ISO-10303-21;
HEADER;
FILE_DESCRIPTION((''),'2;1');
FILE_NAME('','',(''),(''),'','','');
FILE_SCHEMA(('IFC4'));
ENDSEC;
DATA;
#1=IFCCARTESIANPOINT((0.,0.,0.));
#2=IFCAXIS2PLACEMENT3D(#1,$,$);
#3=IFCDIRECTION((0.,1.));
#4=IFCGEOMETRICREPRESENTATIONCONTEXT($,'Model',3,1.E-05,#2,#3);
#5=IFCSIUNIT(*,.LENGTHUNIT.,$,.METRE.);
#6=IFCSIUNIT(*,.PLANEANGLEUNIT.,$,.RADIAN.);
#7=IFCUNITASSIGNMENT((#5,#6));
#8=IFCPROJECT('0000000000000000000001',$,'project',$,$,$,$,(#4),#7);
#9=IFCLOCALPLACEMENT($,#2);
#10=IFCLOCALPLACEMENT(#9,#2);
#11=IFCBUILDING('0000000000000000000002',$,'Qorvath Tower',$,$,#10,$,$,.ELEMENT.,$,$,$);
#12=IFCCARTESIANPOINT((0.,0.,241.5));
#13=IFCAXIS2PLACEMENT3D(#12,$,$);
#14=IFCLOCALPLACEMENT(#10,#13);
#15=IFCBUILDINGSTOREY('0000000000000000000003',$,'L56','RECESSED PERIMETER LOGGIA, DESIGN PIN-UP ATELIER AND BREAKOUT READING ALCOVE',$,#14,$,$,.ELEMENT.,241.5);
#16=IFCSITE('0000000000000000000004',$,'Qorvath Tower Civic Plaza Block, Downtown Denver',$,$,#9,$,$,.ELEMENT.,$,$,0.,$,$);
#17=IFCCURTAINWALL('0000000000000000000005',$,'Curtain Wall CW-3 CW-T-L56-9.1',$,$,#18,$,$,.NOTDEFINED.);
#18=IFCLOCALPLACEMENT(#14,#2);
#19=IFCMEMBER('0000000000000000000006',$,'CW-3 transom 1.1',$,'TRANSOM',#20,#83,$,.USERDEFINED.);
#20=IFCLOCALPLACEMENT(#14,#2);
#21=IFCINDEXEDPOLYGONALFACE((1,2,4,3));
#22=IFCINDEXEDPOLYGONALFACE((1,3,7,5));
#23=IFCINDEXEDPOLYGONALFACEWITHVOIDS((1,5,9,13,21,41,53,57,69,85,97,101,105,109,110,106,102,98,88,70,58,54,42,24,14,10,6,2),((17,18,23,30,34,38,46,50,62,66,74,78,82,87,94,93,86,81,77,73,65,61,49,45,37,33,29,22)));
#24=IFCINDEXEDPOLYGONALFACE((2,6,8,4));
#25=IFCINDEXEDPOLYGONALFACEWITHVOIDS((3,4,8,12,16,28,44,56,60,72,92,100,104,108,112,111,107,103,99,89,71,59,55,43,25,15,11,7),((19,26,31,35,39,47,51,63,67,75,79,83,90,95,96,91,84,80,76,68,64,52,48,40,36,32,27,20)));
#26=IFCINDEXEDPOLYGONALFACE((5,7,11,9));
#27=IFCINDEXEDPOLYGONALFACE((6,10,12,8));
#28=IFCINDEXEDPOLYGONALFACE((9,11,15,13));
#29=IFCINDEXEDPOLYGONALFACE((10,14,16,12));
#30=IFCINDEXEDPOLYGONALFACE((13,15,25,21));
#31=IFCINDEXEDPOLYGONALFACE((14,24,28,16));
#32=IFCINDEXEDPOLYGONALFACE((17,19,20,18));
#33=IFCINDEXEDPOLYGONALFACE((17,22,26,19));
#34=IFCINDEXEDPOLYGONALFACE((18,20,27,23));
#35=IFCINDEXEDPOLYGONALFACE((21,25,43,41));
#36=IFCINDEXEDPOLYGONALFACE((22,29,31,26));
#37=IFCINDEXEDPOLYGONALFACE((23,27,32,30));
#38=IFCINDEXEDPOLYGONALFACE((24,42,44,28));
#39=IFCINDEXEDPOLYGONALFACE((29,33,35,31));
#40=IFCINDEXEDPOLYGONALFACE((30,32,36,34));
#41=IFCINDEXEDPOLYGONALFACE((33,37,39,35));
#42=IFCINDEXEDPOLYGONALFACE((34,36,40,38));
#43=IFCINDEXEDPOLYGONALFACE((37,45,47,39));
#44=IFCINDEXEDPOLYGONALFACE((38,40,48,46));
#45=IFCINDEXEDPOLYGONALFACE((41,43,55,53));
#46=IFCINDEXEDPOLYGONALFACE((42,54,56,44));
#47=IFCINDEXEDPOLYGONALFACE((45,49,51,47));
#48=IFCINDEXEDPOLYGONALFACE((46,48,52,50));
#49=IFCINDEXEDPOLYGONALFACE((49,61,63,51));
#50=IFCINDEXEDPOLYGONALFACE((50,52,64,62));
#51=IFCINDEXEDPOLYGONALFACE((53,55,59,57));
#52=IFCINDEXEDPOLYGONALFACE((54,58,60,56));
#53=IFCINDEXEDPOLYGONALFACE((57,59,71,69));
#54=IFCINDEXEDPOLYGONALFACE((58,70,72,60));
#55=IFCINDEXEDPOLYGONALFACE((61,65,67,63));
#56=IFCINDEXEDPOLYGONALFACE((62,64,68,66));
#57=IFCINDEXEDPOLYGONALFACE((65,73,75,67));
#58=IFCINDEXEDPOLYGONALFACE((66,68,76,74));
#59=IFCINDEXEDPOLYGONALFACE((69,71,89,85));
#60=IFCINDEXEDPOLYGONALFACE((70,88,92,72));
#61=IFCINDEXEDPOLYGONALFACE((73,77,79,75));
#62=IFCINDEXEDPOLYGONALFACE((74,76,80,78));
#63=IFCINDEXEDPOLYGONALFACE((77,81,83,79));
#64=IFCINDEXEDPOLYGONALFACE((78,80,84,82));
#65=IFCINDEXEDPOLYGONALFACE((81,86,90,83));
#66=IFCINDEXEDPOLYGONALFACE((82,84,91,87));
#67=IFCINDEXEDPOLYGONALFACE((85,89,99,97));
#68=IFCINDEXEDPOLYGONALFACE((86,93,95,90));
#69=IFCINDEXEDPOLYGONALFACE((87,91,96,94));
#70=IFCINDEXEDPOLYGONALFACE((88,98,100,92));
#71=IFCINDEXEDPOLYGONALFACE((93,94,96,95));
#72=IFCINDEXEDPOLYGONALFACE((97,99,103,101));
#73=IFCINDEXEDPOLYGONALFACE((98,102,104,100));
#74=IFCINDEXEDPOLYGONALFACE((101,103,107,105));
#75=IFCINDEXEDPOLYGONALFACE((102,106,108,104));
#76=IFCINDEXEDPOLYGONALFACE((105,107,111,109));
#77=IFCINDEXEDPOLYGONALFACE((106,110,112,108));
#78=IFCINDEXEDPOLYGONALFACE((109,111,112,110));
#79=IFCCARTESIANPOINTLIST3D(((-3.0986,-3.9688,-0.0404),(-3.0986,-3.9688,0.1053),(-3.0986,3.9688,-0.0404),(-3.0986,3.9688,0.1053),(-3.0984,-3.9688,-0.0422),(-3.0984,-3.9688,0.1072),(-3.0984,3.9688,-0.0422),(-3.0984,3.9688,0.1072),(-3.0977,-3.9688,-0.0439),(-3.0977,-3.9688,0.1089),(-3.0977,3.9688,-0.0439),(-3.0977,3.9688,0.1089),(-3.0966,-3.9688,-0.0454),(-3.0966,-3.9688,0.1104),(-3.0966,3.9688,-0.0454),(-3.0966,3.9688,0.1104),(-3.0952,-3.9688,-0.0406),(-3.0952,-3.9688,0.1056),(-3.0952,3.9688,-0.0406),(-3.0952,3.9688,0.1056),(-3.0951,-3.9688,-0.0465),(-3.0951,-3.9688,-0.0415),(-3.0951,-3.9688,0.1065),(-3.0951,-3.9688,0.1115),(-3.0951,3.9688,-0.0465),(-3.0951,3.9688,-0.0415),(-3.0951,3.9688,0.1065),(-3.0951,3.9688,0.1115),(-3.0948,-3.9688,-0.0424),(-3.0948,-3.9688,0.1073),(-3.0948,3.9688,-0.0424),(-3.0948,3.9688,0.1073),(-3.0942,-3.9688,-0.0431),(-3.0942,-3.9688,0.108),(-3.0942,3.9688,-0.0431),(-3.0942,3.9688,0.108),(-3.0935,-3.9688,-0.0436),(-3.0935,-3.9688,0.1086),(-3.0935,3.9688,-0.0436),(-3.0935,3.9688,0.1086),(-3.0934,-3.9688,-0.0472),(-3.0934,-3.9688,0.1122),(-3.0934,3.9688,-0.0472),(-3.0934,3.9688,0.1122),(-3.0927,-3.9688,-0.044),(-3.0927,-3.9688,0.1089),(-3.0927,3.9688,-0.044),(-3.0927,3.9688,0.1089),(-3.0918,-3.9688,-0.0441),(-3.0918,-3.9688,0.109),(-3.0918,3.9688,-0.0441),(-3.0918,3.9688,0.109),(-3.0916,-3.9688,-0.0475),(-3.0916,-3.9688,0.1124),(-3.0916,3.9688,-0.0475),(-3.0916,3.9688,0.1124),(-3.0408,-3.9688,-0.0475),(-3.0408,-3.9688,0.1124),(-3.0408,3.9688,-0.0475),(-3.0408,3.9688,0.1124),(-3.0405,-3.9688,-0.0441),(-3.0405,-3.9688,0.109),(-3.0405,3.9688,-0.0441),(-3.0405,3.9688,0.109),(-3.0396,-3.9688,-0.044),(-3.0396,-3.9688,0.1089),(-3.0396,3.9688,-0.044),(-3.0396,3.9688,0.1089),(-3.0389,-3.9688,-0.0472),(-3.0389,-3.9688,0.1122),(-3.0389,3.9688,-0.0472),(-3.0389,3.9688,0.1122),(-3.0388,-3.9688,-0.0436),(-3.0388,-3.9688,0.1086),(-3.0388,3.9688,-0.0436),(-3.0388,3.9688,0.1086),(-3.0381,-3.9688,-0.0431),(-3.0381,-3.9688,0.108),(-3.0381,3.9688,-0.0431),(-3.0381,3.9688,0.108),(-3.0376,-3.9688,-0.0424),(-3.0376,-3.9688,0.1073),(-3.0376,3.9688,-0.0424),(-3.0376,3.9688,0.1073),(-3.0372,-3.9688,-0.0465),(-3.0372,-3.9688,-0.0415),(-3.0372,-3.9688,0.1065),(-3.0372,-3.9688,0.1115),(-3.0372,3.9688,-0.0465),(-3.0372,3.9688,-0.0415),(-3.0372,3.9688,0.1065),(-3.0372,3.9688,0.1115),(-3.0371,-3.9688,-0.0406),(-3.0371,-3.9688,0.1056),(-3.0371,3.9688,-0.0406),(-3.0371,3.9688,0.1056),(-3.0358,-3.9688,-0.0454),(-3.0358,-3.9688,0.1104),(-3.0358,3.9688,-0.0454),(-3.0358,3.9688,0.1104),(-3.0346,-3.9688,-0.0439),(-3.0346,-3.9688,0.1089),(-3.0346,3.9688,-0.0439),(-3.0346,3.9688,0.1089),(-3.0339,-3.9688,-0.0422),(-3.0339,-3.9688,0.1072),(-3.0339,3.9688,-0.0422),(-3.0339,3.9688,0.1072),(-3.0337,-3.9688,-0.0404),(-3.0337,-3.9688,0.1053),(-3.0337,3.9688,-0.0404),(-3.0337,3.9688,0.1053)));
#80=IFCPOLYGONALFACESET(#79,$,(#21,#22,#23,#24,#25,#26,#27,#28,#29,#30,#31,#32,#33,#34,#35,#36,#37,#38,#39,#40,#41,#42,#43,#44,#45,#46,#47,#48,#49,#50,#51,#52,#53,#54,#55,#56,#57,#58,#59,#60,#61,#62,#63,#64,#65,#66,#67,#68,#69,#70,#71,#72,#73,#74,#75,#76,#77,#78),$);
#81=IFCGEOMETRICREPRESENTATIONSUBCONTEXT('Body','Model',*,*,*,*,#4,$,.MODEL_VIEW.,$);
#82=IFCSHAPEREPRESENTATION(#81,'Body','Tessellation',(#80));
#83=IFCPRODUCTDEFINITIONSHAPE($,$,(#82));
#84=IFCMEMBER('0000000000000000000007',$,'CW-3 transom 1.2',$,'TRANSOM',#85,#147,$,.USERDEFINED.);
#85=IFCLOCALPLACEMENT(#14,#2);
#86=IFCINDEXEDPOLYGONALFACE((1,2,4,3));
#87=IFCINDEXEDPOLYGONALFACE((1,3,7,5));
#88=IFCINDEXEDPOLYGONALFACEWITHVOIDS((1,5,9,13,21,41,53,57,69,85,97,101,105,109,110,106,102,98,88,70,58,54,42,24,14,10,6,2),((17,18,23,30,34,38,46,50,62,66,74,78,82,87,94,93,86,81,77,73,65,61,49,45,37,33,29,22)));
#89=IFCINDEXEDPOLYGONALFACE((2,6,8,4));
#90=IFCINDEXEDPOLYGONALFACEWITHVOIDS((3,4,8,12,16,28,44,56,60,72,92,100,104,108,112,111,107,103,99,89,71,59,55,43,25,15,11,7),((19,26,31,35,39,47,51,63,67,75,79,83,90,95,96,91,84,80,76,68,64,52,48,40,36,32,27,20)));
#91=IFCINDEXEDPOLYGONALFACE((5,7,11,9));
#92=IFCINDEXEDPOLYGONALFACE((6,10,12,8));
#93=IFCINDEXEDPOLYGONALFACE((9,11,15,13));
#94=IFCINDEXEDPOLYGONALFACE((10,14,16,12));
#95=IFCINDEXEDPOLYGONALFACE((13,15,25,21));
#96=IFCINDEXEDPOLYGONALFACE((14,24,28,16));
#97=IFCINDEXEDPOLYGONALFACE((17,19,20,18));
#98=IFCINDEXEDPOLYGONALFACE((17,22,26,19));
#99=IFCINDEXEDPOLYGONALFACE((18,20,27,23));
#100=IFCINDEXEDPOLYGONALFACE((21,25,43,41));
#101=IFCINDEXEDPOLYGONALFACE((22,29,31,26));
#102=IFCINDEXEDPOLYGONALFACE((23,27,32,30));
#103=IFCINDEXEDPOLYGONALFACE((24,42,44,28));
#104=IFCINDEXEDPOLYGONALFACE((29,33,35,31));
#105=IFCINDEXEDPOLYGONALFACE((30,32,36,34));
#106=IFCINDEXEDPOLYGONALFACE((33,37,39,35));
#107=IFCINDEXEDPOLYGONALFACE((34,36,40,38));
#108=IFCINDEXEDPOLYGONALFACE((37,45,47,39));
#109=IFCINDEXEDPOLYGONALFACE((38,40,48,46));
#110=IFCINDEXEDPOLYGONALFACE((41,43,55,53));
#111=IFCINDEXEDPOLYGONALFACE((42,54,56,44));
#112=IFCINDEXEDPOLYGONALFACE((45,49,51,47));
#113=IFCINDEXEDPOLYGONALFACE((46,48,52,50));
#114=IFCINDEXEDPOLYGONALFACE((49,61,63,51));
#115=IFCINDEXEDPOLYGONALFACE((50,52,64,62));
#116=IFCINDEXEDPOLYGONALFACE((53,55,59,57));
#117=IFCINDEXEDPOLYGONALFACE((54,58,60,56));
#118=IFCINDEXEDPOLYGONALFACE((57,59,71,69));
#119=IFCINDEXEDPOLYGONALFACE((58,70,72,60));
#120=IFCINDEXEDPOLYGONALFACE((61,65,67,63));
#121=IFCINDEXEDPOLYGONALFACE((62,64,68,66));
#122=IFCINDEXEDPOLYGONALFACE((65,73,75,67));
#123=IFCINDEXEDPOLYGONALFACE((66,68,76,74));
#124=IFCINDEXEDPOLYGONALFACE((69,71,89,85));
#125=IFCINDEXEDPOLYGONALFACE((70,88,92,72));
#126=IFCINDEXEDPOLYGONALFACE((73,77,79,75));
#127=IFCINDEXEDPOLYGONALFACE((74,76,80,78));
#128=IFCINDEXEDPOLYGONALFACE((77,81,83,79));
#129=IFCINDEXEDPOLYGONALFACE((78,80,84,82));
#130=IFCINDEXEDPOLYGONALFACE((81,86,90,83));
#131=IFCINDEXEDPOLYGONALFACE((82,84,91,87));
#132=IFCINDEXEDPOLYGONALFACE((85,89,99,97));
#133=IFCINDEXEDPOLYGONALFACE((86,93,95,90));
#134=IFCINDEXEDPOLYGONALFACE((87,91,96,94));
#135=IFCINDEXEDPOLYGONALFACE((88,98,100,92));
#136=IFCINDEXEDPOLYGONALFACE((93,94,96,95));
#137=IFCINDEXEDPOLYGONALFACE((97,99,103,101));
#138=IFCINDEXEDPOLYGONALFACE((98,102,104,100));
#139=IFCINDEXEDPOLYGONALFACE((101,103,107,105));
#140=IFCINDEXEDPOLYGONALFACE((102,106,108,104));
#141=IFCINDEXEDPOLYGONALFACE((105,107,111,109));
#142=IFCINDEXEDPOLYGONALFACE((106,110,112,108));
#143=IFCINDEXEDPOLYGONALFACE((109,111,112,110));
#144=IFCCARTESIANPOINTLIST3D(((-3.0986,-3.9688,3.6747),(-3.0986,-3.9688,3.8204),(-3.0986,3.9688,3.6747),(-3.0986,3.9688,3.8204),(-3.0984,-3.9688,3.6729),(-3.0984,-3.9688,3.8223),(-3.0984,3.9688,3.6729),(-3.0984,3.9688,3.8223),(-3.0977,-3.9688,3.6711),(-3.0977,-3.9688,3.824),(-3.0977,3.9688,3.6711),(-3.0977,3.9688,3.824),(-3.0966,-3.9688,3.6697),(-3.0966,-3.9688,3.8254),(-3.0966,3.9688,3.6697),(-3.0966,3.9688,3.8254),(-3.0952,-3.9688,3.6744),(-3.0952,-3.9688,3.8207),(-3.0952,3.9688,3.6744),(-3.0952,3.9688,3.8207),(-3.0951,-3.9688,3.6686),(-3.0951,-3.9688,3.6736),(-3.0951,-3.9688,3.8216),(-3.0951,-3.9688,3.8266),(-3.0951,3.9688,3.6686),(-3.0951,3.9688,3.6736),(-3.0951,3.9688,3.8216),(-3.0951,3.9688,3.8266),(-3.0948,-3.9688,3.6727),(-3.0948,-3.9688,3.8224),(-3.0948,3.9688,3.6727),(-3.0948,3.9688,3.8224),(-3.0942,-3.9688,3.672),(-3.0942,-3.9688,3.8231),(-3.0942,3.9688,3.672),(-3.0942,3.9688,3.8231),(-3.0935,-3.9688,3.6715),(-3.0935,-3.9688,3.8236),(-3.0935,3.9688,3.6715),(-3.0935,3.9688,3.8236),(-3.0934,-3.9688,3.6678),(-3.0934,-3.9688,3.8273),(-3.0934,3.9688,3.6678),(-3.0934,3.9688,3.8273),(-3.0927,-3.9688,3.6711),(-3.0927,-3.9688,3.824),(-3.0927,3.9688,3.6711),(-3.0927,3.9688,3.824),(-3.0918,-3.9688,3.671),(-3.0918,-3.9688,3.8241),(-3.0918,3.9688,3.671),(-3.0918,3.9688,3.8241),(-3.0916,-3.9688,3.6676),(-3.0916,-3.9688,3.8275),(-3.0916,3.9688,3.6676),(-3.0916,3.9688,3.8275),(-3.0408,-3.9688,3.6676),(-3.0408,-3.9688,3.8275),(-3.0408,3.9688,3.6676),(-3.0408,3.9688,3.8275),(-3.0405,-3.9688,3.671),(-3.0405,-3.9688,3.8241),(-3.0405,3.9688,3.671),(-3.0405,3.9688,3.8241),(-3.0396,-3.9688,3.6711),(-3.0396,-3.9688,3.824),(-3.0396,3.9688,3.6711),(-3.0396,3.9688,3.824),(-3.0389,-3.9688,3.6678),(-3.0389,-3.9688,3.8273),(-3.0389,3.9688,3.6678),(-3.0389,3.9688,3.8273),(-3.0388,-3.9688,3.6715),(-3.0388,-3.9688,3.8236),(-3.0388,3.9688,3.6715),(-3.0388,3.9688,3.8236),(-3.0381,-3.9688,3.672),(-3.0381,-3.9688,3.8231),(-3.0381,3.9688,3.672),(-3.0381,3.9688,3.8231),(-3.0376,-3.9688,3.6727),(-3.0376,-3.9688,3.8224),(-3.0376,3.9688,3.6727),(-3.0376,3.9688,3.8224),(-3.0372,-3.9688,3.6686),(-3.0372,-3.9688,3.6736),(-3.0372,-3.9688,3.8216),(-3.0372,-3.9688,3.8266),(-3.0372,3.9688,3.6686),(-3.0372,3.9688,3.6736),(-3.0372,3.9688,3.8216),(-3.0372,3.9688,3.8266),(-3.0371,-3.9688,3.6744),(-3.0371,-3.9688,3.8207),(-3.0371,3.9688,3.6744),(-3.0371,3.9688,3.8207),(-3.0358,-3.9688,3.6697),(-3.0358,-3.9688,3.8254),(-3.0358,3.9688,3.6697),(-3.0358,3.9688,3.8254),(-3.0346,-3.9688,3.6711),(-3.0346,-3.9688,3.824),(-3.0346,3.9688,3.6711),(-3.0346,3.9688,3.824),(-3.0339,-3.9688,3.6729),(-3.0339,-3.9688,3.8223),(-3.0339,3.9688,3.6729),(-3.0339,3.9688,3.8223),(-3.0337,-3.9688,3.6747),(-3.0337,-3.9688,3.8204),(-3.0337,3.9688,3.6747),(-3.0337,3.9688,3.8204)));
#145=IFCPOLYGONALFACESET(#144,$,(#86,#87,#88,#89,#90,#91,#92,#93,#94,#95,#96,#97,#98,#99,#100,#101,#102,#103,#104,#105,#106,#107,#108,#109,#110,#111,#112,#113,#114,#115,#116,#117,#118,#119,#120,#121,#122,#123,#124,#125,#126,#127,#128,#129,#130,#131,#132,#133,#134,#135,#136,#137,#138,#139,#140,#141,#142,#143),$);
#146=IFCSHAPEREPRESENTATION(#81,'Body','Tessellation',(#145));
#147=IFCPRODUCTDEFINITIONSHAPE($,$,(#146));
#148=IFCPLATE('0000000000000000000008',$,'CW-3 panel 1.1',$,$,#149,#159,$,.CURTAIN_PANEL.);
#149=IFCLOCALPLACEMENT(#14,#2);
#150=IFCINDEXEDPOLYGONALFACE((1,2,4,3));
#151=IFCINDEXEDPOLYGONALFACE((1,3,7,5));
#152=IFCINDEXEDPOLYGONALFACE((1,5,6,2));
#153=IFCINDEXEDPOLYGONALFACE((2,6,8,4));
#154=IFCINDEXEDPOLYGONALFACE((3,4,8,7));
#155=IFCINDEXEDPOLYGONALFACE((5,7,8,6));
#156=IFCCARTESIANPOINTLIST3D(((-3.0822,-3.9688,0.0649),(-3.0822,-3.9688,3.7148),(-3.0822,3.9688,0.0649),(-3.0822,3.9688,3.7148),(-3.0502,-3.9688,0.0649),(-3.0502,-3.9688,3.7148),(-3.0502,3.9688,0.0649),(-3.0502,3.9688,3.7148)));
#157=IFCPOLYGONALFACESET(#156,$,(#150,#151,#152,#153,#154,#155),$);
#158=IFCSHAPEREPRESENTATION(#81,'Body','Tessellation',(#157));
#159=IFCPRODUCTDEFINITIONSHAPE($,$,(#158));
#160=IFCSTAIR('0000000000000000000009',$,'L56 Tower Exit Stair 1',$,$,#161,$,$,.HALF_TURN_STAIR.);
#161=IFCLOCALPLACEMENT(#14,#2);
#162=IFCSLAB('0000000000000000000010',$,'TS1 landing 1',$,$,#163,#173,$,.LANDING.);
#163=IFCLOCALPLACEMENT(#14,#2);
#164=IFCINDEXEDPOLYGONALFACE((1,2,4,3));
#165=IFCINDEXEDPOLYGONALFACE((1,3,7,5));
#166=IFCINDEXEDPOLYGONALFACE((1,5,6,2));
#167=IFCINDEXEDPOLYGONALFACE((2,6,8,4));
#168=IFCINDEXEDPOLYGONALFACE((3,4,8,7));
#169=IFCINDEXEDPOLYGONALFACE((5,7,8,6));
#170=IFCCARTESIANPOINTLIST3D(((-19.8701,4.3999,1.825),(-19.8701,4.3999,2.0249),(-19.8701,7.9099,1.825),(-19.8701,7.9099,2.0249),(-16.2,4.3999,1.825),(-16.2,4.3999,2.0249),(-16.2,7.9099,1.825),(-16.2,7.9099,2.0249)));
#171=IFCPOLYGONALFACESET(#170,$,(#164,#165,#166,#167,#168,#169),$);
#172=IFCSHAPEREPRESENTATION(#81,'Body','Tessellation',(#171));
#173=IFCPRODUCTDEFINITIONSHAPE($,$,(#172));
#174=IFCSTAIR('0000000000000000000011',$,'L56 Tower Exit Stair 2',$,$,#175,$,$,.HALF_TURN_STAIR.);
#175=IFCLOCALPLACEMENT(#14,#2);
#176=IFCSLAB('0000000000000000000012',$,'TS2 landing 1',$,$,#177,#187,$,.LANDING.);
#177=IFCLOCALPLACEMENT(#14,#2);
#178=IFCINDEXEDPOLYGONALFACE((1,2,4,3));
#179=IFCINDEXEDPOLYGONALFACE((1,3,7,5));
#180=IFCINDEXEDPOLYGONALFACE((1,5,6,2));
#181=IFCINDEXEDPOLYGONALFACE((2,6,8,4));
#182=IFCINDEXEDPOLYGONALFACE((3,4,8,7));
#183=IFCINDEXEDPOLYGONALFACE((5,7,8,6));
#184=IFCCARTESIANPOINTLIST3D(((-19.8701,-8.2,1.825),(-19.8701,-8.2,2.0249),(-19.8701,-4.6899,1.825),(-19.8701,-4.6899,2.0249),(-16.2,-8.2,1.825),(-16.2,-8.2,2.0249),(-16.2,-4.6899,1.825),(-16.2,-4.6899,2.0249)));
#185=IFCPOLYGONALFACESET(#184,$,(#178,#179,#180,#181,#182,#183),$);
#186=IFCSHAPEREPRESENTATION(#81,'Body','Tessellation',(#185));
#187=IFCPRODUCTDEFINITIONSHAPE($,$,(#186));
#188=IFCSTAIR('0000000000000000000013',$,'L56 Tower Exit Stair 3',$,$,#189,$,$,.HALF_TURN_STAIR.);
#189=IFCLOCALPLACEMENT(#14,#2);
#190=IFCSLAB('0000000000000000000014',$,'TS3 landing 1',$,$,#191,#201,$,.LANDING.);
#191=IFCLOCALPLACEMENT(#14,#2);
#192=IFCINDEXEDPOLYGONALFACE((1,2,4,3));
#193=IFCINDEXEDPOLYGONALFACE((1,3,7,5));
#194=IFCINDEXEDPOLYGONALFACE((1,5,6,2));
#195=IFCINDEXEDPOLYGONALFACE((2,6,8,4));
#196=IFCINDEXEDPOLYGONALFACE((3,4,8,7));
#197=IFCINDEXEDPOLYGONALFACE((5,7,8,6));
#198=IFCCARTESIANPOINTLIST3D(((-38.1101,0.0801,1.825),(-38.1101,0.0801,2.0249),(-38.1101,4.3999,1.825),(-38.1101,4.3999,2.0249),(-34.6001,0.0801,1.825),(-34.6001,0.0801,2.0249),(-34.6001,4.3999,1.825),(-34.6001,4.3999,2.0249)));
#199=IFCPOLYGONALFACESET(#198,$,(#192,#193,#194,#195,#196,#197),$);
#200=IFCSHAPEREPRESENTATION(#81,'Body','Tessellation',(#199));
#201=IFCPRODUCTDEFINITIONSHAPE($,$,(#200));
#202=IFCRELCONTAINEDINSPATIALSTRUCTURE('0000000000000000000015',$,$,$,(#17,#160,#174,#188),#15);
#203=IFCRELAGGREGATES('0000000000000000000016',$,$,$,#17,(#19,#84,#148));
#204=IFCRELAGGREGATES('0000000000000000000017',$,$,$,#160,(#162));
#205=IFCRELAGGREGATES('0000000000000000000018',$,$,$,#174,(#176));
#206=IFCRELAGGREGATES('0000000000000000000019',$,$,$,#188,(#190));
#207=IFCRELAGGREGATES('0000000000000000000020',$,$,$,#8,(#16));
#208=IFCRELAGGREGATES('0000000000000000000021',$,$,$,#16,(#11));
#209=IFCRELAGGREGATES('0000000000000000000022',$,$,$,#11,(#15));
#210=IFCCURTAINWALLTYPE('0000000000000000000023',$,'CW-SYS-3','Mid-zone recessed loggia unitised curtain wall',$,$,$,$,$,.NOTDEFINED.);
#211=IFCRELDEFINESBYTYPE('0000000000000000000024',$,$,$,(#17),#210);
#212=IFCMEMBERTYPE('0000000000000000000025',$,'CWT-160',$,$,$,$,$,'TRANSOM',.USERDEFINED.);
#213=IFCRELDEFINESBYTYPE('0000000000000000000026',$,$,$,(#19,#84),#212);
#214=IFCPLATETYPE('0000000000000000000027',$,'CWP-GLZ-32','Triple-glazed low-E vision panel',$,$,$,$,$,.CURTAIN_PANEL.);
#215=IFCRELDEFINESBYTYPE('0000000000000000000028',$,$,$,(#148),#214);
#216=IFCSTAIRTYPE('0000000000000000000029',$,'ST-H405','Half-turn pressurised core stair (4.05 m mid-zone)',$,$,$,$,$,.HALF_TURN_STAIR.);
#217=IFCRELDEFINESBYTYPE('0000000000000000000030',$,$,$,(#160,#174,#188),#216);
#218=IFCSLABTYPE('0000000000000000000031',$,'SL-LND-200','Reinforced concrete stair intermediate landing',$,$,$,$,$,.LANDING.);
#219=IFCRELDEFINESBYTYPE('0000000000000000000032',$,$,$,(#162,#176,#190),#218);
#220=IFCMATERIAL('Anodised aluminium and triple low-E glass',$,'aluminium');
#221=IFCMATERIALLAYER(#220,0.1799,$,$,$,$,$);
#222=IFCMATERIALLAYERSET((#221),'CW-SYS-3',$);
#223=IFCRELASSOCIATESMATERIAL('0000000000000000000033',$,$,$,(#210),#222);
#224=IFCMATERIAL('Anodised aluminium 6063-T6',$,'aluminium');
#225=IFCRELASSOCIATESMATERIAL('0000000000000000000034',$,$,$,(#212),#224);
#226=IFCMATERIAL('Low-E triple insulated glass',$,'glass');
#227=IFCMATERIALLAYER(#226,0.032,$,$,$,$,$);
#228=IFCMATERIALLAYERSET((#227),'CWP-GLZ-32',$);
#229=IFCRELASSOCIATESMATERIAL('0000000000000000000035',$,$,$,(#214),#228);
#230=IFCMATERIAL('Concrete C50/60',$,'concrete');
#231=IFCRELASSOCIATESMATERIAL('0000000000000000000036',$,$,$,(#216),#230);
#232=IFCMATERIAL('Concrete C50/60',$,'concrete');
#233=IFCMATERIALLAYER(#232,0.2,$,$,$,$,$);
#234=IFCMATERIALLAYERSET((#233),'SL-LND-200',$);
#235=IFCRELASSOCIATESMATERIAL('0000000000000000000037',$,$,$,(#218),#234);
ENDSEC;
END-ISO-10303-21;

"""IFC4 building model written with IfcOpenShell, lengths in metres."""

from ifc_helpers import new_model, si_unit, direction, frame, origin, origin_2d, place, context, subcontext, project, spatial, polyline, rectangle, hollow_rectangle, outline, extrude, material, layer, layer_set, material_profile, profile_set, type_object, element, aggregate, save


model = new_model("IFC4")

# Units and contexts
model_context = context("Model", 3, precision=1e-05, world=origin(), true_north=direction((0.0, 1.0)))
body_context = subcontext(model_context, "Body", "Model", "MODEL_VIEW")
ifc_project = project(units=[si_unit("LENGTHUNIT", "METRE"), si_unit("PLANEANGLEUNIT", "RADIAN")], contexts=[model_context])

# Site, building, storey
site_placement = place(None, origin())
site = spatial("IfcSite", under=ifc_project, at=site_placement, Name="Qorvath Tower Civic Plaza Block, Downtown Denver", CompositionType="ELEMENT", RefElevation=0.0)
building_placement = place(site_placement, origin())
building = spatial("IfcBuilding", under=site, at=building_placement, Name="Qorvath Tower", CompositionType="ELEMENT")
storey_placement = place(building_placement, frame((0.0, 0.0, 241.5)))
storey = spatial("IfcBuildingStorey", under=building, at=storey_placement, Name="L56", Description="RECESSED PERIMETER LOGGIA, DESIGN PIN-UP ATELIER AND BREAKOUT READING ALCOVE", CompositionType="ELEMENT", Elevation=241.5)

# Shared definitions
ifc_material_1 = material(Name="Anodised aluminium and triple low-E glass", Category="aluminium")
ifc_layer_1 = layer(ifc_material_1, 0.1799)
ifc_layer_set_1 = layer_set([ifc_layer_1], Name="CW-SYS-3")
curtain_wall_type = type_object("IfcCurtainWallType", Name="CW-SYS-3", Description="Mid-zone recessed loggia unitised curtain wall", PredefinedType="NOTDEFINED", material=ifc_layer_set_1)

# Curtain wall, members, plate
curtain_wall_1_placement = place(storey_placement, origin())
curtain_wall_1 = element("IfcCurtainWall", 1, at=curtain_wall_1_placement, inside=storey, type_object=curtain_wall_type, Name="Curtain Wall CW-3 CW-T-L56-9.1", PredefinedType="NOTDEFINED")
ifc_material_2 = material(Name="Anodised aluminium 6063-T6", Category="aluminium")
ifc_material_profile_1 = material_profile(ifc_material_2, hollow_rectangle(XDim=0.0649, YDim=0.1599, WallThickness=0.0034, InnerFilletRadius=0.0034, OuterFilletRadius=0.0071, at=origin_2d()), Name="CWT 160x65")
ifc_profile_set_1 = profile_set([ifc_material_profile_1], Name="Anodised aluminium 6063-T6")
member_type_1 = type_object("IfcMemberType", Name="CWT-160", ElementType="TRANSOM", PredefinedType="USERDEFINED", material=ifc_profile_set_1)
member_1_placement = place(storey_placement, frame((-3.0662, -3.9688, 0.0325), z_axis=(0.0, 1.0, 0.0), x_axis=(-1.0, 0.0, 0.0)))
member_1 = element("IfcMember", 2, at=member_1_placement, type_object=member_type_1, Name="CW-3 transom 1.1", ObjectType="TRANSOM", PredefinedType="USERDEFINED", context=body_context, shape_type="SweptSolid", body=[
    extrude(hollow_rectangle(XDim=0.0649, YDim=0.1599, WallThickness=0.0034, InnerFilletRadius=0.0034, OuterFilletRadius=0.0071, at=origin_2d()), origin(), (0.0, 0.0, 1.0), 7.9375),
])
member_2_placement = place(storey_placement, frame((-3.0662, -3.9688, 3.7476), z_axis=(0.0, 1.0, 0.0), x_axis=(-1.0, 0.0, 0.0)))
member_2 = element("IfcMember", 3, at=member_2_placement, type_object=member_type_1, Name="CW-3 transom 1.2", ObjectType="TRANSOM", PredefinedType="USERDEFINED", context=body_context, shape_type="SweptSolid", body=[
    extrude(hollow_rectangle(XDim=0.0649, YDim=0.1599, WallThickness=0.0034, InnerFilletRadius=0.0034, OuterFilletRadius=0.0071, at=origin_2d()), origin(), (0.0, 0.0, 1.0), 7.9375),
])
ifc_material_3 = material(Name="Low-E triple insulated glass", Category="glass")
ifc_layer_2 = layer(ifc_material_3, 0.032)
ifc_layer_set_2 = layer_set([ifc_layer_2], Name="CWP-GLZ-32")
plate_type = type_object("IfcPlateType", Name="CWP-GLZ-32", Description="Triple-glazed low-E vision panel", PredefinedType="CURTAIN_PANEL", material=ifc_layer_set_2)
plate_placement = place(storey_placement, frame((-3.0662, 0.0, 0.0649), z_axis=(0.0, 0.0, 1.0), x_axis=(0.0, 1.0, 0.0)))
plate = element("IfcPlate", 4, at=plate_placement, type_object=plate_type, Name="CW-3 panel 1.1", PredefinedType="CURTAIN_PANEL", context=body_context, shape_type="SweptSolid", body=[
    extrude(rectangle(XDim=7.9375, YDim=0.032, at=origin_2d()), origin(), (0.0, 0.0, 1.0), 3.6499),
])
aggregate(curtain_wall_1, [member_1, member_2, plate])

# Stairs, slabs
ifc_material_4 = material(Name="Concrete C50/60", Category="concrete")
stair_type = type_object("IfcStairType", Name="ST-H405", Description="Half-turn pressurised core stair (4.05 m mid-zone)", PredefinedType="HALF_TURN_STAIR", material=ifc_material_4)
stair_1_placement = place(storey_placement, origin())
stair_1 = element("IfcStair", 5, at=stair_1_placement, inside=storey, type_object=stair_type, Name="L56 Tower Exit Stair 1", PredefinedType="HALF_TURN_STAIR")
ifc_material_5 = material(Name="Concrete C50/60", Category="concrete")
ifc_layer_3 = layer(ifc_material_5, 0.2)
ifc_layer_set_3 = layer_set([ifc_layer_3], Name="SL-LND-200")
slab_type_1 = type_object("IfcSlabType", Name="SL-LND-200", Description="Reinforced concrete stair intermediate landing", PredefinedType="LANDING", material=ifc_layer_set_3)
slab_1_placement = place(storey_placement, frame((0.0, 0.0, 1.825)))
slab_1 = element("IfcSlab", 6, at=slab_1_placement, type_object=slab_type_1, Name="TS1 landing 1", PredefinedType="LANDING", context=body_context, shape_type="SweptSolid", body=[
    extrude(outline(polyline([(-19.8701, 4.3999), (-16.2, 4.3999), (-16.2, 7.9099), (-19.8701, 7.9099), (-19.8701, 4.3999)])), origin(), (0.0, 0.0, 1.0), 0.2),
])
aggregate(stair_1, [slab_1])
stair_2_placement = place(storey_placement, origin())
stair_2 = element("IfcStair", 7, at=stair_2_placement, inside=storey, type_object=stair_type, Name="L56 Tower Exit Stair 2", PredefinedType="HALF_TURN_STAIR")
slab_2_placement = place(storey_placement, frame((0.0, 0.0, 1.825)))
slab_2 = element("IfcSlab", 8, at=slab_2_placement, type_object=slab_type_1, Name="TS2 landing 1", PredefinedType="LANDING", context=body_context, shape_type="SweptSolid", body=[
    extrude(outline(polyline([(-19.8701, -8.2), (-16.2, -8.2), (-16.2, -4.6899), (-19.8701, -4.6899), (-19.8701, -8.2)])), origin(), (0.0, 0.0, 1.0), 0.2),
])
aggregate(stair_2, [slab_2])
stair_3_placement = place(storey_placement, origin())
stair_3 = element("IfcStair", 9, at=stair_3_placement, inside=storey, type_object=stair_type, Name="L56 Tower Exit Stair 3", PredefinedType="HALF_TURN_STAIR")
slab_3_placement = place(storey_placement, frame((0.0, 0.0, 1.825)))
slab_3 = element("IfcSlab", 10, at=slab_3_placement, type_object=slab_type_1, Name="TS3 landing 1", PredefinedType="LANDING", context=body_context, shape_type="SweptSolid", body=[
    extrude(outline(polyline([(-34.6001, 0.0801), (-34.6001, 4.3999), (-38.1101, 4.3999), (-38.1101, 0.0801), (-34.6001, 0.0801)])), origin(), (0.0, 0.0, 1.0), 0.2),
])
aggregate(stair_3, [slab_3])

save(model, "model.ifc")
